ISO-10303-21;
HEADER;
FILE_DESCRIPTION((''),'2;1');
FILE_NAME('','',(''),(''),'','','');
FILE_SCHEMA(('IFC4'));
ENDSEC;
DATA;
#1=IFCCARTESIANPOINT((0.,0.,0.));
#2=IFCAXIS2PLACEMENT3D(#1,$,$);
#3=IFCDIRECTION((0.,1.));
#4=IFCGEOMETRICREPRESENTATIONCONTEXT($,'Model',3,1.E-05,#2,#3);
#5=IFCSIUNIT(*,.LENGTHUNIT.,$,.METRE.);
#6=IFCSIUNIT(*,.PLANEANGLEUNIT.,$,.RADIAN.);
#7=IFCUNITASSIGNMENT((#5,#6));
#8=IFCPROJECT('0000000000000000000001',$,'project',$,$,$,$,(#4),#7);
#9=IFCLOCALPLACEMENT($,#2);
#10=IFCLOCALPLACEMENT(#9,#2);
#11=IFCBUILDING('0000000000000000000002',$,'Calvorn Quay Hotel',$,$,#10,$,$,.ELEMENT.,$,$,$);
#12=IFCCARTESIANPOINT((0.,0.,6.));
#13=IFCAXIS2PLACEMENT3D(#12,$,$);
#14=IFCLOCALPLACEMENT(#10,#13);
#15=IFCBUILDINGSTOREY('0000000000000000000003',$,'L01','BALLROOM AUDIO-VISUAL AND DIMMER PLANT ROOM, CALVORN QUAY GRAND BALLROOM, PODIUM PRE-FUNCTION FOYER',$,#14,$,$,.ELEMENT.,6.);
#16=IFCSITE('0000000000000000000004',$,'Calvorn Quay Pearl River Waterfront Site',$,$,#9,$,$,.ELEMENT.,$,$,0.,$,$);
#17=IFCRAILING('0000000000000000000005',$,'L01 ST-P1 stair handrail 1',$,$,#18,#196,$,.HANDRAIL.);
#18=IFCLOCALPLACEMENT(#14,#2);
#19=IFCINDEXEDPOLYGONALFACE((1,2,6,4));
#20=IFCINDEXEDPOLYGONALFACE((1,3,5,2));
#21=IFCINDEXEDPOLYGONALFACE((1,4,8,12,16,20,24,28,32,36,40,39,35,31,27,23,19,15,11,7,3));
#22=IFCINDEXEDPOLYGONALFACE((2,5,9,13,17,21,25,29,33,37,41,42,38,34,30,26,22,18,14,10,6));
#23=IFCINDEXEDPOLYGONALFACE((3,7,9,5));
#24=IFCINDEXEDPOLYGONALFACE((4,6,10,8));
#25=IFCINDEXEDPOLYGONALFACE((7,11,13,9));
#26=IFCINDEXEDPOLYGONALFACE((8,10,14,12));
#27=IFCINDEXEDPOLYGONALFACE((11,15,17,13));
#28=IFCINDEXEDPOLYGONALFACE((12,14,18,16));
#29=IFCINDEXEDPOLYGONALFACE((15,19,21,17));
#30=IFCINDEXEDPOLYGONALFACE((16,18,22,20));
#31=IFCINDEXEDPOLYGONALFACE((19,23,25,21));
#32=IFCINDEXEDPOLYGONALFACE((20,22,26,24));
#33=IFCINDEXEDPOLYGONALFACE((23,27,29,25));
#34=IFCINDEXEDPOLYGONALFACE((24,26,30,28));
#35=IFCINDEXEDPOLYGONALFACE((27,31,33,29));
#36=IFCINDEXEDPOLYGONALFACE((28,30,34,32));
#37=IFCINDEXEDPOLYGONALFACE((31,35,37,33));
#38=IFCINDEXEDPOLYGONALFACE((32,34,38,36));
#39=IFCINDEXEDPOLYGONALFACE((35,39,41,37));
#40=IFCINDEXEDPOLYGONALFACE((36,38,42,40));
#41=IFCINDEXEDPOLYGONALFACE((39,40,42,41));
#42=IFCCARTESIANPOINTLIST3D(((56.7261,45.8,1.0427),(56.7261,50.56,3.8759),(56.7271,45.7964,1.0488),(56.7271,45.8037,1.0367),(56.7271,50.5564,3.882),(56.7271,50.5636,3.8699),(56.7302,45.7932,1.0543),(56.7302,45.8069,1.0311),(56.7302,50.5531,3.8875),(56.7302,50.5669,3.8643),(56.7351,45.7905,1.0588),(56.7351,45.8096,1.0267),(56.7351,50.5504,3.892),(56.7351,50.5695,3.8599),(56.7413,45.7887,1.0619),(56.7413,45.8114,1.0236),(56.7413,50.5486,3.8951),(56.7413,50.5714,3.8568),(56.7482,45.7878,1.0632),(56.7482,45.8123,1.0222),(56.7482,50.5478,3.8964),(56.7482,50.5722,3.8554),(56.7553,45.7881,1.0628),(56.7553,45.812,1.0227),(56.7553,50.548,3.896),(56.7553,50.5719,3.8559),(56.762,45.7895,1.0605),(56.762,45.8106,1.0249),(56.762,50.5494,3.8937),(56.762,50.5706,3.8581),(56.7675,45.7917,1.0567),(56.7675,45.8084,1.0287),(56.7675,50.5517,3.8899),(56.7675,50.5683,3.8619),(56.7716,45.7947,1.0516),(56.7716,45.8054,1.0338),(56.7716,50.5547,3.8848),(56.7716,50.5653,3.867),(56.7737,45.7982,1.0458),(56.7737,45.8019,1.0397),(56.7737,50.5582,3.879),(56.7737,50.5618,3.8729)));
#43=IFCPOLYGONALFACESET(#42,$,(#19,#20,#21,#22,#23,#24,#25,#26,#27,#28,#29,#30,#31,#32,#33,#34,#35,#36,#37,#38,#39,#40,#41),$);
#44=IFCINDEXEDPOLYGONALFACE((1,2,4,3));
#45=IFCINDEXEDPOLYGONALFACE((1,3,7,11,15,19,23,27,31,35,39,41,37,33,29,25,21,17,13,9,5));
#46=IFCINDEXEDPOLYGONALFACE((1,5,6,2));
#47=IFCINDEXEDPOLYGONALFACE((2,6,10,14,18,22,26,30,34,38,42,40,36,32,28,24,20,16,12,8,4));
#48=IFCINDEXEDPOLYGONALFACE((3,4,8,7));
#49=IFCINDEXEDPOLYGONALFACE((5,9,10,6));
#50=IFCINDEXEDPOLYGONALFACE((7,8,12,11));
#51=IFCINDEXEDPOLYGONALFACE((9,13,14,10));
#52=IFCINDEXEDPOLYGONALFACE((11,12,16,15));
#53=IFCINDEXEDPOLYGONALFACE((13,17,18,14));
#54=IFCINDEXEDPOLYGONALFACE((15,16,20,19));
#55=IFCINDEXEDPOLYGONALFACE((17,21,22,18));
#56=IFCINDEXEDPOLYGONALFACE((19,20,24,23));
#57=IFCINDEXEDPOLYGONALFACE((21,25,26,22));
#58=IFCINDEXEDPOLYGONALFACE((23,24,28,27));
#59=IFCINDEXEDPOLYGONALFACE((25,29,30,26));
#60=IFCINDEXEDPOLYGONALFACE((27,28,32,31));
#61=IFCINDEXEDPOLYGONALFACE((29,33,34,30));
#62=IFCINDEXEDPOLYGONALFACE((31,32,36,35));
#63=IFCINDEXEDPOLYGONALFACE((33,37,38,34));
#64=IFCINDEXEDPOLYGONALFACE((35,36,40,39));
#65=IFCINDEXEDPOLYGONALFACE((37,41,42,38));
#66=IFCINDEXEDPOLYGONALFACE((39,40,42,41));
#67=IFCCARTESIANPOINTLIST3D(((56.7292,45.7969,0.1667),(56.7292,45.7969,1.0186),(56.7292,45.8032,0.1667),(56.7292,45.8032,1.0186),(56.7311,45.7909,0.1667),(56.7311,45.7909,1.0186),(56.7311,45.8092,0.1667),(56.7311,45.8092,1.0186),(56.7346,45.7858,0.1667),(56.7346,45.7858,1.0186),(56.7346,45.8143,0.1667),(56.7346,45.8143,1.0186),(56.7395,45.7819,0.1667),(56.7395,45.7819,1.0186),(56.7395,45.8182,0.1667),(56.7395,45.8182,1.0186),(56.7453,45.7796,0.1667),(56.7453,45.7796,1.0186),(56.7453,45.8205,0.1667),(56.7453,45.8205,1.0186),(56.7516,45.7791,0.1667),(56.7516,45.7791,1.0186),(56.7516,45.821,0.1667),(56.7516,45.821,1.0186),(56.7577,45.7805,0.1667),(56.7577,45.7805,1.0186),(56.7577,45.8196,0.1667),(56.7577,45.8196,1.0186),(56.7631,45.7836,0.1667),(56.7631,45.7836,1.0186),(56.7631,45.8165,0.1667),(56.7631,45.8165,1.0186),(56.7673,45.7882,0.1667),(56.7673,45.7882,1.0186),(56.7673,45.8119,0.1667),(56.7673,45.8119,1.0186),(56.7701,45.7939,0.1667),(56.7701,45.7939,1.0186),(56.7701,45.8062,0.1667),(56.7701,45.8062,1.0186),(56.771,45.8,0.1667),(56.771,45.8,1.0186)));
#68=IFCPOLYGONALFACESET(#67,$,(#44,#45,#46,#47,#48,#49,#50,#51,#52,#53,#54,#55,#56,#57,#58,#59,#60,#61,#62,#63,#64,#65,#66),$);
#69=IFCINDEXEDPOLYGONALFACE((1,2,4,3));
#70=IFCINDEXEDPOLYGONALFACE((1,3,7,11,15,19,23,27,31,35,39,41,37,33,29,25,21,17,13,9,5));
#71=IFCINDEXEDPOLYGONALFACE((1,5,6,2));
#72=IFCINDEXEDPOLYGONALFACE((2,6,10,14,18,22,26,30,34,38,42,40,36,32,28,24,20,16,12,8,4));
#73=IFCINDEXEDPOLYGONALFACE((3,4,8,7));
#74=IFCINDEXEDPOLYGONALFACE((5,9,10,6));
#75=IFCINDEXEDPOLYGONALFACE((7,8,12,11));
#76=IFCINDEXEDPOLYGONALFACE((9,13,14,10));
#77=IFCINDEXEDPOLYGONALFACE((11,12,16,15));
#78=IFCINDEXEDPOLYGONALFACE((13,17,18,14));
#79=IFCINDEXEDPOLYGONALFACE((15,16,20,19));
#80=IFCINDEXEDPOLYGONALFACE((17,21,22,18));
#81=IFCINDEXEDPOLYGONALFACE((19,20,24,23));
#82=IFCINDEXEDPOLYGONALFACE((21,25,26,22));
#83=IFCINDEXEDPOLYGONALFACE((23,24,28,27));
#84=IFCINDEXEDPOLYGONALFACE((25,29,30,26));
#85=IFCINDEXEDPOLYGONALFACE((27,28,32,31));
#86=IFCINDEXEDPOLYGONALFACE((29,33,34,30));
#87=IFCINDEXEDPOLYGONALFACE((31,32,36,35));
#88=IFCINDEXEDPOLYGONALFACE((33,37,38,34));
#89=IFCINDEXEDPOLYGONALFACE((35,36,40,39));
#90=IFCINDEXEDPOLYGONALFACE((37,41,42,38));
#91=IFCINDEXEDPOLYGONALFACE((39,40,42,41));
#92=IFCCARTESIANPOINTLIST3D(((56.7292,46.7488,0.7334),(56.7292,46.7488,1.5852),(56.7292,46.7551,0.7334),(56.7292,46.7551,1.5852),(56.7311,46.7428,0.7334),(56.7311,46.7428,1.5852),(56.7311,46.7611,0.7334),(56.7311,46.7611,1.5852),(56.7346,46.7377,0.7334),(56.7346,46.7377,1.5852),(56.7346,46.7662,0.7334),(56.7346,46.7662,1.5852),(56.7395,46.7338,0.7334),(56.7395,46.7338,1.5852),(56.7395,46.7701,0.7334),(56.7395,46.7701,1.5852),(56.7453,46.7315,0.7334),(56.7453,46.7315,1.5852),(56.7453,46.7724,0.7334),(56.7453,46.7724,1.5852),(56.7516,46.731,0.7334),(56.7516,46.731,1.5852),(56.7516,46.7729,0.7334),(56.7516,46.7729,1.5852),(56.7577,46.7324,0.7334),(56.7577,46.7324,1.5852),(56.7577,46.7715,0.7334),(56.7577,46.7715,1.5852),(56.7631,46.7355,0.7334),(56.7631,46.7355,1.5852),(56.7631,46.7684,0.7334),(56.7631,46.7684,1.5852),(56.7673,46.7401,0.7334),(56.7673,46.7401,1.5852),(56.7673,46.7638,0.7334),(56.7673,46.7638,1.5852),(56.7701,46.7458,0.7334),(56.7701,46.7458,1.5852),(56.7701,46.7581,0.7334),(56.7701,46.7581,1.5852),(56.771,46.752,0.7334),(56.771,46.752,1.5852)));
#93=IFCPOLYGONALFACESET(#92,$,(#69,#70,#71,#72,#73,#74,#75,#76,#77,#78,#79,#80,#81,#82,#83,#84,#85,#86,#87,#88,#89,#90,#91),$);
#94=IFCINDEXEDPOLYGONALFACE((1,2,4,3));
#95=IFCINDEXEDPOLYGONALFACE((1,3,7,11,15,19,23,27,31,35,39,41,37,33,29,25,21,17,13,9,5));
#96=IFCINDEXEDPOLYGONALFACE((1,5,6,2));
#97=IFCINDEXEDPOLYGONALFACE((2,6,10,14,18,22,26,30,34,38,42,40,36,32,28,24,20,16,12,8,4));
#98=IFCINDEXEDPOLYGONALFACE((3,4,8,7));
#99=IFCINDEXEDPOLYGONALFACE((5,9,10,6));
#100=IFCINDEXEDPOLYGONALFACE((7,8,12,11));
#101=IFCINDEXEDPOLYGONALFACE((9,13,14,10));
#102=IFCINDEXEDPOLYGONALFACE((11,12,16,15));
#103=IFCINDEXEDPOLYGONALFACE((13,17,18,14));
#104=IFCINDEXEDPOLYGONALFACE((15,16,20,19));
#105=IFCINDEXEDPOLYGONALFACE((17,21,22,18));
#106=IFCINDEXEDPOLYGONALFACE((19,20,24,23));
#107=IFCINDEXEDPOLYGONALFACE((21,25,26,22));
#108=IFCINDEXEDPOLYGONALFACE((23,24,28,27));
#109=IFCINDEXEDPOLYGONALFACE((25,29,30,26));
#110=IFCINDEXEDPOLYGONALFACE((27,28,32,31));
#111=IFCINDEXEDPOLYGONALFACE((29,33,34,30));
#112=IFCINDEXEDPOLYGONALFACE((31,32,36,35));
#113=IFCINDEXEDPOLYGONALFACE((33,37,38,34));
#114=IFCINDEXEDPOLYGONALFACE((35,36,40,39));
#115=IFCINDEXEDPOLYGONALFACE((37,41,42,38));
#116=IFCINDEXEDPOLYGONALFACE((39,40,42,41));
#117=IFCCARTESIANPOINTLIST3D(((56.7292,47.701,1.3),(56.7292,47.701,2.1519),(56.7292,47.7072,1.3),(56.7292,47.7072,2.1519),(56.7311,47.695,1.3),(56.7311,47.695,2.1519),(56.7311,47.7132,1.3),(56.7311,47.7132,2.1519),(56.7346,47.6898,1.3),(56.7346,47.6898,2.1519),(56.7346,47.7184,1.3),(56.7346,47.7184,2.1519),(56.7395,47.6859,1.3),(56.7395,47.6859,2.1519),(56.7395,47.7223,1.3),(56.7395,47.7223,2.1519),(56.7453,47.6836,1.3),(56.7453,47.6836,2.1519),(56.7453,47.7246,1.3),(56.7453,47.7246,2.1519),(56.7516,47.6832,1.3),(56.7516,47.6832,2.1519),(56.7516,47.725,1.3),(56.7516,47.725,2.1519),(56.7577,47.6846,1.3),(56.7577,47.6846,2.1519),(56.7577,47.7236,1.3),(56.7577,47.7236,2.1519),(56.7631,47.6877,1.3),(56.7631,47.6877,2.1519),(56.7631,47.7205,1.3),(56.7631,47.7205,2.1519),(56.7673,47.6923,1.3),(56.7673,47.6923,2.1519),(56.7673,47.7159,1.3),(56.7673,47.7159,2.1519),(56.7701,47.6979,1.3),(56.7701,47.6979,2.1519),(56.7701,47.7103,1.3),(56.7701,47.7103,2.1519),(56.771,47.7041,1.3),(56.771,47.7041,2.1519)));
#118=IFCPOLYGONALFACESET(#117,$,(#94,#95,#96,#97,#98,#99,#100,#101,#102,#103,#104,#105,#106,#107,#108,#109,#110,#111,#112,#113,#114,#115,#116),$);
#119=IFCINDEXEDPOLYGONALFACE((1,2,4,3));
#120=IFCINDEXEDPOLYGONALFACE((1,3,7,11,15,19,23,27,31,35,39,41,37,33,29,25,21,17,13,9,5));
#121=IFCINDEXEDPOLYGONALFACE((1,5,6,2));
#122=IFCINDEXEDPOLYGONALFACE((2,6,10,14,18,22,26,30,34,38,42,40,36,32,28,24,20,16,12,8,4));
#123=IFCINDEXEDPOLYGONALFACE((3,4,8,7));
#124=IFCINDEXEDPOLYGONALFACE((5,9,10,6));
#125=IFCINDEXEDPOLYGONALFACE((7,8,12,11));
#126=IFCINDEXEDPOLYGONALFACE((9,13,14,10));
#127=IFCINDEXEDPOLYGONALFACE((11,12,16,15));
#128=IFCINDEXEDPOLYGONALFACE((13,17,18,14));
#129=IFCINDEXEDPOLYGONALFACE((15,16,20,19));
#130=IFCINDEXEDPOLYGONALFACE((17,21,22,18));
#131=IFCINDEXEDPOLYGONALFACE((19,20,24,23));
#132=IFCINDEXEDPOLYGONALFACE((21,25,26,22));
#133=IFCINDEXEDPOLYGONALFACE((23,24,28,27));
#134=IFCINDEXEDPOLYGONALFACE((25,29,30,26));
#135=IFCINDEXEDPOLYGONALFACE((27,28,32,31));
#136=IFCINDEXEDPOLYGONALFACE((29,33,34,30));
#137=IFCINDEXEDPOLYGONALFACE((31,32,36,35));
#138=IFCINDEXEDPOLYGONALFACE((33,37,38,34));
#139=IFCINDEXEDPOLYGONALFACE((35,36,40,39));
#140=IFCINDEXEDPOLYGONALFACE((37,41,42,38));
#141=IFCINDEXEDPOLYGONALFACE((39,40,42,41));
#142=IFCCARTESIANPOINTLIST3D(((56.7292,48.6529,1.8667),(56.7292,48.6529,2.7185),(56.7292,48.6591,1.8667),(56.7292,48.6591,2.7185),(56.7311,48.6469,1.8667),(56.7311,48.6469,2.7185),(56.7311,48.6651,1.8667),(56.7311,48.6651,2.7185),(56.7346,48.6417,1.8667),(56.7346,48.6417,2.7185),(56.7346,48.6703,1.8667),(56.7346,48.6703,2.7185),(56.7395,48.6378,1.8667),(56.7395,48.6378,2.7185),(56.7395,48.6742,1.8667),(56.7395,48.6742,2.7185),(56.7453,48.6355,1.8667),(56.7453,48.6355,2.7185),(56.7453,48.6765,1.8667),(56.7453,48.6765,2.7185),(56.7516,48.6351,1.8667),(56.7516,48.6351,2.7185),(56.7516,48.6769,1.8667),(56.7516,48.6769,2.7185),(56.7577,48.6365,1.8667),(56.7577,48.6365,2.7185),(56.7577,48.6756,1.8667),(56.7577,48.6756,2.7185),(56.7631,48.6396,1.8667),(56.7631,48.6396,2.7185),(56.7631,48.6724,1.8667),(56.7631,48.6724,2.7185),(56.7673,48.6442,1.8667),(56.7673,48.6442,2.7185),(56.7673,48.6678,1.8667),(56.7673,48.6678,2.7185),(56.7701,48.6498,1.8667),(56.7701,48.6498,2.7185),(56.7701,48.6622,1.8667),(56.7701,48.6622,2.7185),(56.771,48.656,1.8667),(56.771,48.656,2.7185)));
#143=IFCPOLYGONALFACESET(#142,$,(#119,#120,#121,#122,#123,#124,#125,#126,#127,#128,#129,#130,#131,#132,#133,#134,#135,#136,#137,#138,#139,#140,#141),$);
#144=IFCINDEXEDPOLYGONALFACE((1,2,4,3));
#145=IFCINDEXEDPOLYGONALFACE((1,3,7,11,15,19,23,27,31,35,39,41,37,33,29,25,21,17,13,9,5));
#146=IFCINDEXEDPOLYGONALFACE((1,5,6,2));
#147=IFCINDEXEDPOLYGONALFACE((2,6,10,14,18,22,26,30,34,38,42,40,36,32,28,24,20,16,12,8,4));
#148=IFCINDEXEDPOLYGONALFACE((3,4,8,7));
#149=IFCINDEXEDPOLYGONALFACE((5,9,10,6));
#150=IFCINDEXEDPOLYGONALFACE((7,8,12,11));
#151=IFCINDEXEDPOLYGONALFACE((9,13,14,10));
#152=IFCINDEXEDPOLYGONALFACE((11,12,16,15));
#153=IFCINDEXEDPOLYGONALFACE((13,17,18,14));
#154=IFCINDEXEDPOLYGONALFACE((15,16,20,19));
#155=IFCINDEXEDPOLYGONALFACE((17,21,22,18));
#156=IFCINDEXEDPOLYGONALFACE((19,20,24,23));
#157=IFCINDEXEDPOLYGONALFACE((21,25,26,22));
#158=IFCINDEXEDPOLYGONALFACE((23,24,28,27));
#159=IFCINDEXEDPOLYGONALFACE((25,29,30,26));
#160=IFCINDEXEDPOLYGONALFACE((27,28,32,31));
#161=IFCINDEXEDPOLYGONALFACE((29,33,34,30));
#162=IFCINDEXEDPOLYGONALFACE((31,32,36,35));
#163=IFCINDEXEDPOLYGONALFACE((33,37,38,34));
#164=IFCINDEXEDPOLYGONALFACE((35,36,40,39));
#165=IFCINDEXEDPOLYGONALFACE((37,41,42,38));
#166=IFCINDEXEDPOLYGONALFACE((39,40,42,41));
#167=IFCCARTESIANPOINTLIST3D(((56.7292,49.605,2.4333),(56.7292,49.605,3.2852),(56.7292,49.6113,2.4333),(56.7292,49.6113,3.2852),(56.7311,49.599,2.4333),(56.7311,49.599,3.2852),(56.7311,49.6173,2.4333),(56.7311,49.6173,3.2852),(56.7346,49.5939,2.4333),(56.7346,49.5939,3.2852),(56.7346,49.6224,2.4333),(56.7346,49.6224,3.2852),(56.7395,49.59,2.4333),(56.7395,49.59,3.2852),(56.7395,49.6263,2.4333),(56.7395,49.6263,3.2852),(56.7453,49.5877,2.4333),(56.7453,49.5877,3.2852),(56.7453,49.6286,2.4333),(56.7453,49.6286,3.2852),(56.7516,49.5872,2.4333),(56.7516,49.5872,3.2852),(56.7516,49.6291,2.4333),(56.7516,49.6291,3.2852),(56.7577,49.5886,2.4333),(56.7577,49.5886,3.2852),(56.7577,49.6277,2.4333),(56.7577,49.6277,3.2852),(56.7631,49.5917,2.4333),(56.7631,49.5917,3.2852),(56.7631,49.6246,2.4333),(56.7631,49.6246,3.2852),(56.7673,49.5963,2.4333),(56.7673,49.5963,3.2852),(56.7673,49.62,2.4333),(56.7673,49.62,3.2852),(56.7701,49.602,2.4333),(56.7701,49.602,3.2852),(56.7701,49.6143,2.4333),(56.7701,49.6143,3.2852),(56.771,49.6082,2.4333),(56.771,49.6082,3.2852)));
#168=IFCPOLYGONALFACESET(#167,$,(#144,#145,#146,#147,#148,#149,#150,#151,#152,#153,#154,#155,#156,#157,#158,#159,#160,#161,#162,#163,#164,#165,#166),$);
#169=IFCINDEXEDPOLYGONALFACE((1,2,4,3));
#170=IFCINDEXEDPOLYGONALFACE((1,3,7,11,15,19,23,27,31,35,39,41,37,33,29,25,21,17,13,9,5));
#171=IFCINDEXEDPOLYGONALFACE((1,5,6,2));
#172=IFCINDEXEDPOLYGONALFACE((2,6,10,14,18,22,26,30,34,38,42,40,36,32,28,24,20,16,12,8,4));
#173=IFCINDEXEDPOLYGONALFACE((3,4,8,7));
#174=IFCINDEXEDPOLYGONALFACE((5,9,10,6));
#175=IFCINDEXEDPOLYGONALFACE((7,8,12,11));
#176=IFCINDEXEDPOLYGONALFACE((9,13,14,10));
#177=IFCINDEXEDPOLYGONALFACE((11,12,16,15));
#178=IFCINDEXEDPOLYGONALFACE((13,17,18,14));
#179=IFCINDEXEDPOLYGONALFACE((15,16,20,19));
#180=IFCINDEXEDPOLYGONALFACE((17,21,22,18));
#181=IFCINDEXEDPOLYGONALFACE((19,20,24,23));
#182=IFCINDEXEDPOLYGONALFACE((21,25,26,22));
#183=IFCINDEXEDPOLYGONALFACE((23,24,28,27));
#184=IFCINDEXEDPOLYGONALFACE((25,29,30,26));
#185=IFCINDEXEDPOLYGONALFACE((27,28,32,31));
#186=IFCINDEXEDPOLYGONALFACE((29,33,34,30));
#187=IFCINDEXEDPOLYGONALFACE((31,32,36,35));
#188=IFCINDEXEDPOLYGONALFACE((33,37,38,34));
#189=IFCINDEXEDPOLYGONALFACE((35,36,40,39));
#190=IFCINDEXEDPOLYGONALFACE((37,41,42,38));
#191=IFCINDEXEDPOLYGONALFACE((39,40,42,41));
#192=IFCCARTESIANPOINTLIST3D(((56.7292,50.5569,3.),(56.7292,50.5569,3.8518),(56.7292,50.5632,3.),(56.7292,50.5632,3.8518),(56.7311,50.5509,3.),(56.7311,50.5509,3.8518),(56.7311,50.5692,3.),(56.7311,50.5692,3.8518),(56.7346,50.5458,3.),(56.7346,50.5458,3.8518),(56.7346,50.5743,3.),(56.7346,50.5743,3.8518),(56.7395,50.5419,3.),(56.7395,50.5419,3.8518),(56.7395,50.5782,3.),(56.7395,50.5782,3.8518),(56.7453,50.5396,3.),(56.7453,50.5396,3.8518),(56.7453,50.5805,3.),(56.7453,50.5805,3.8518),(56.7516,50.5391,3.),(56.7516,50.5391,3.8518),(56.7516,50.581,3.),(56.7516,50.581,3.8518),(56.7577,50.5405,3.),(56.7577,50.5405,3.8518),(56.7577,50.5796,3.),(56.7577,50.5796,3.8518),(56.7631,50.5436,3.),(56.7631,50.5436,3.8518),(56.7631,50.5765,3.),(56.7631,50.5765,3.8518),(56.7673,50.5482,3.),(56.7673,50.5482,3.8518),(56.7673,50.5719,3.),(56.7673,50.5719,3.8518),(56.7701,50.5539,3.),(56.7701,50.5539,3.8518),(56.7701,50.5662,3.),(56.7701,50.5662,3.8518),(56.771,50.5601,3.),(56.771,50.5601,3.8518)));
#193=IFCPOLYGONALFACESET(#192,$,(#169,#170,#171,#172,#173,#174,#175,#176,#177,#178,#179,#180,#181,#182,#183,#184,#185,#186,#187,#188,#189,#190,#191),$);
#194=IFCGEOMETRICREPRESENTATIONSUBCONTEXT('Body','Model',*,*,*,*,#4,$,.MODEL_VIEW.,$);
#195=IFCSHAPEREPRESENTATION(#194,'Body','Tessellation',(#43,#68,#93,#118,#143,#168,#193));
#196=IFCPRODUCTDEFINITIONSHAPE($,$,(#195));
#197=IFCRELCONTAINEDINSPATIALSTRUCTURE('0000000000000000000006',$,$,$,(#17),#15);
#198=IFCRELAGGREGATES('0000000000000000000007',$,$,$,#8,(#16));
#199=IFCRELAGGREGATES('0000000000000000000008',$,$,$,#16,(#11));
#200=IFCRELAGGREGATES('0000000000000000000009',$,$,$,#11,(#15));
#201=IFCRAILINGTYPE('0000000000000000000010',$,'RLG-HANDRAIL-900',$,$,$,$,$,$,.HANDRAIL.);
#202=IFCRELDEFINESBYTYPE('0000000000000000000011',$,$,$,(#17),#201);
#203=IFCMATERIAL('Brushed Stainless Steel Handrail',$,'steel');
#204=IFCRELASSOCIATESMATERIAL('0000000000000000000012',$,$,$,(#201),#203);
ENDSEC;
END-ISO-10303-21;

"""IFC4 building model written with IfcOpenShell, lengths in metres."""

from ifc_helpers import new_model, si_unit, direction, frame, origin, origin_2d, place, context, subcontext, project, spatial, circle, extrude, material, type_object, element, save


model = new_model("IFC4")

# Units and contexts
model_context = context("Model", 3, precision=1e-05, world=origin(), true_north=direction((0.0, 1.0)))
body_context = subcontext(model_context, "Body", "Model", "MODEL_VIEW")
ifc_project = project(units=[si_unit("LENGTHUNIT", "METRE"), si_unit("PLANEANGLEUNIT", "RADIAN")], contexts=[model_context])

# Site, building, storey
site_placement = place(None, origin())
site = spatial("IfcSite", under=ifc_project, at=site_placement, Name="Calvorn Quay Pearl River Waterfront Site", CompositionType="ELEMENT", RefElevation=0.0)
building_placement = place(site_placement, origin())
building = spatial("IfcBuilding", under=site, at=building_placement, Name="Calvorn Quay Hotel", CompositionType="ELEMENT")
storey_placement = place(building_placement, frame((0.0, 0.0, 6.0)))
storey = spatial("IfcBuildingStorey", under=building, at=storey_placement, Name="L01", Description="BALLROOM AUDIO-VISUAL AND DIMMER PLANT ROOM, CALVORN QUAY GRAND BALLROOM, PODIUM PRE-FUNCTION FOYER", CompositionType="ELEMENT", Elevation=6.0)

# Railing
ifc_material_1 = material(Name="Brushed Stainless Steel Handrail", Category="steel")
railing_type_1 = type_object("IfcRailingType", Name="RLG-HANDRAIL-900", PredefinedType="HANDRAIL", material=ifc_material_1)
railing_1_placement = place(storey_placement, frame((56.75, 45.8, 0.1667)))
element("IfcRailing", 1, at=railing_1_placement, inside=storey, type_object=railing_type_1, Name="L01 ST-P1 stair handrail 1", PredefinedType="HANDRAIL", context=body_context, shape_type="SweptSolid", body=[
    extrude(circle(Radius=0.0239, at=origin_2d()), frame((0.0, 0.0, 0.876), z_axis=(0.0, 0.8593, 0.511472), x_axis=(-1.0, 0.0, 0.0)), (0.0, 0.0, 1.0), 5.5393),
    extrude(circle(Radius=0.021, at=origin_2d()), origin(), (0.0, 0.0, 1.0), 0.8518),
    extrude(circle(Radius=0.021, at=origin_2d()), frame((0.0, 0.9519, 0.5667)), (0.0, 0.0, 1.0), 0.8518),
    extrude(circle(Radius=0.021, at=origin_2d()), frame((0.0, 1.9041, 1.1333)), (0.0, 0.0, 1.0), 0.8518),
    extrude(circle(Radius=0.021, at=origin_2d()), frame((0.0, 2.856, 1.7)), (0.0, 0.0, 1.0), 0.8518),
    extrude(circle(Radius=0.021, at=origin_2d()), frame((0.0, 3.8081, 2.2666)), (0.0, 0.0, 1.0), 0.8518),
    extrude(circle(Radius=0.021, at=origin_2d()), frame((0.0, 4.76, 2.8333)), (0.0, 0.0, 1.0), 0.8518),
])

save(model, "model.ifc")
